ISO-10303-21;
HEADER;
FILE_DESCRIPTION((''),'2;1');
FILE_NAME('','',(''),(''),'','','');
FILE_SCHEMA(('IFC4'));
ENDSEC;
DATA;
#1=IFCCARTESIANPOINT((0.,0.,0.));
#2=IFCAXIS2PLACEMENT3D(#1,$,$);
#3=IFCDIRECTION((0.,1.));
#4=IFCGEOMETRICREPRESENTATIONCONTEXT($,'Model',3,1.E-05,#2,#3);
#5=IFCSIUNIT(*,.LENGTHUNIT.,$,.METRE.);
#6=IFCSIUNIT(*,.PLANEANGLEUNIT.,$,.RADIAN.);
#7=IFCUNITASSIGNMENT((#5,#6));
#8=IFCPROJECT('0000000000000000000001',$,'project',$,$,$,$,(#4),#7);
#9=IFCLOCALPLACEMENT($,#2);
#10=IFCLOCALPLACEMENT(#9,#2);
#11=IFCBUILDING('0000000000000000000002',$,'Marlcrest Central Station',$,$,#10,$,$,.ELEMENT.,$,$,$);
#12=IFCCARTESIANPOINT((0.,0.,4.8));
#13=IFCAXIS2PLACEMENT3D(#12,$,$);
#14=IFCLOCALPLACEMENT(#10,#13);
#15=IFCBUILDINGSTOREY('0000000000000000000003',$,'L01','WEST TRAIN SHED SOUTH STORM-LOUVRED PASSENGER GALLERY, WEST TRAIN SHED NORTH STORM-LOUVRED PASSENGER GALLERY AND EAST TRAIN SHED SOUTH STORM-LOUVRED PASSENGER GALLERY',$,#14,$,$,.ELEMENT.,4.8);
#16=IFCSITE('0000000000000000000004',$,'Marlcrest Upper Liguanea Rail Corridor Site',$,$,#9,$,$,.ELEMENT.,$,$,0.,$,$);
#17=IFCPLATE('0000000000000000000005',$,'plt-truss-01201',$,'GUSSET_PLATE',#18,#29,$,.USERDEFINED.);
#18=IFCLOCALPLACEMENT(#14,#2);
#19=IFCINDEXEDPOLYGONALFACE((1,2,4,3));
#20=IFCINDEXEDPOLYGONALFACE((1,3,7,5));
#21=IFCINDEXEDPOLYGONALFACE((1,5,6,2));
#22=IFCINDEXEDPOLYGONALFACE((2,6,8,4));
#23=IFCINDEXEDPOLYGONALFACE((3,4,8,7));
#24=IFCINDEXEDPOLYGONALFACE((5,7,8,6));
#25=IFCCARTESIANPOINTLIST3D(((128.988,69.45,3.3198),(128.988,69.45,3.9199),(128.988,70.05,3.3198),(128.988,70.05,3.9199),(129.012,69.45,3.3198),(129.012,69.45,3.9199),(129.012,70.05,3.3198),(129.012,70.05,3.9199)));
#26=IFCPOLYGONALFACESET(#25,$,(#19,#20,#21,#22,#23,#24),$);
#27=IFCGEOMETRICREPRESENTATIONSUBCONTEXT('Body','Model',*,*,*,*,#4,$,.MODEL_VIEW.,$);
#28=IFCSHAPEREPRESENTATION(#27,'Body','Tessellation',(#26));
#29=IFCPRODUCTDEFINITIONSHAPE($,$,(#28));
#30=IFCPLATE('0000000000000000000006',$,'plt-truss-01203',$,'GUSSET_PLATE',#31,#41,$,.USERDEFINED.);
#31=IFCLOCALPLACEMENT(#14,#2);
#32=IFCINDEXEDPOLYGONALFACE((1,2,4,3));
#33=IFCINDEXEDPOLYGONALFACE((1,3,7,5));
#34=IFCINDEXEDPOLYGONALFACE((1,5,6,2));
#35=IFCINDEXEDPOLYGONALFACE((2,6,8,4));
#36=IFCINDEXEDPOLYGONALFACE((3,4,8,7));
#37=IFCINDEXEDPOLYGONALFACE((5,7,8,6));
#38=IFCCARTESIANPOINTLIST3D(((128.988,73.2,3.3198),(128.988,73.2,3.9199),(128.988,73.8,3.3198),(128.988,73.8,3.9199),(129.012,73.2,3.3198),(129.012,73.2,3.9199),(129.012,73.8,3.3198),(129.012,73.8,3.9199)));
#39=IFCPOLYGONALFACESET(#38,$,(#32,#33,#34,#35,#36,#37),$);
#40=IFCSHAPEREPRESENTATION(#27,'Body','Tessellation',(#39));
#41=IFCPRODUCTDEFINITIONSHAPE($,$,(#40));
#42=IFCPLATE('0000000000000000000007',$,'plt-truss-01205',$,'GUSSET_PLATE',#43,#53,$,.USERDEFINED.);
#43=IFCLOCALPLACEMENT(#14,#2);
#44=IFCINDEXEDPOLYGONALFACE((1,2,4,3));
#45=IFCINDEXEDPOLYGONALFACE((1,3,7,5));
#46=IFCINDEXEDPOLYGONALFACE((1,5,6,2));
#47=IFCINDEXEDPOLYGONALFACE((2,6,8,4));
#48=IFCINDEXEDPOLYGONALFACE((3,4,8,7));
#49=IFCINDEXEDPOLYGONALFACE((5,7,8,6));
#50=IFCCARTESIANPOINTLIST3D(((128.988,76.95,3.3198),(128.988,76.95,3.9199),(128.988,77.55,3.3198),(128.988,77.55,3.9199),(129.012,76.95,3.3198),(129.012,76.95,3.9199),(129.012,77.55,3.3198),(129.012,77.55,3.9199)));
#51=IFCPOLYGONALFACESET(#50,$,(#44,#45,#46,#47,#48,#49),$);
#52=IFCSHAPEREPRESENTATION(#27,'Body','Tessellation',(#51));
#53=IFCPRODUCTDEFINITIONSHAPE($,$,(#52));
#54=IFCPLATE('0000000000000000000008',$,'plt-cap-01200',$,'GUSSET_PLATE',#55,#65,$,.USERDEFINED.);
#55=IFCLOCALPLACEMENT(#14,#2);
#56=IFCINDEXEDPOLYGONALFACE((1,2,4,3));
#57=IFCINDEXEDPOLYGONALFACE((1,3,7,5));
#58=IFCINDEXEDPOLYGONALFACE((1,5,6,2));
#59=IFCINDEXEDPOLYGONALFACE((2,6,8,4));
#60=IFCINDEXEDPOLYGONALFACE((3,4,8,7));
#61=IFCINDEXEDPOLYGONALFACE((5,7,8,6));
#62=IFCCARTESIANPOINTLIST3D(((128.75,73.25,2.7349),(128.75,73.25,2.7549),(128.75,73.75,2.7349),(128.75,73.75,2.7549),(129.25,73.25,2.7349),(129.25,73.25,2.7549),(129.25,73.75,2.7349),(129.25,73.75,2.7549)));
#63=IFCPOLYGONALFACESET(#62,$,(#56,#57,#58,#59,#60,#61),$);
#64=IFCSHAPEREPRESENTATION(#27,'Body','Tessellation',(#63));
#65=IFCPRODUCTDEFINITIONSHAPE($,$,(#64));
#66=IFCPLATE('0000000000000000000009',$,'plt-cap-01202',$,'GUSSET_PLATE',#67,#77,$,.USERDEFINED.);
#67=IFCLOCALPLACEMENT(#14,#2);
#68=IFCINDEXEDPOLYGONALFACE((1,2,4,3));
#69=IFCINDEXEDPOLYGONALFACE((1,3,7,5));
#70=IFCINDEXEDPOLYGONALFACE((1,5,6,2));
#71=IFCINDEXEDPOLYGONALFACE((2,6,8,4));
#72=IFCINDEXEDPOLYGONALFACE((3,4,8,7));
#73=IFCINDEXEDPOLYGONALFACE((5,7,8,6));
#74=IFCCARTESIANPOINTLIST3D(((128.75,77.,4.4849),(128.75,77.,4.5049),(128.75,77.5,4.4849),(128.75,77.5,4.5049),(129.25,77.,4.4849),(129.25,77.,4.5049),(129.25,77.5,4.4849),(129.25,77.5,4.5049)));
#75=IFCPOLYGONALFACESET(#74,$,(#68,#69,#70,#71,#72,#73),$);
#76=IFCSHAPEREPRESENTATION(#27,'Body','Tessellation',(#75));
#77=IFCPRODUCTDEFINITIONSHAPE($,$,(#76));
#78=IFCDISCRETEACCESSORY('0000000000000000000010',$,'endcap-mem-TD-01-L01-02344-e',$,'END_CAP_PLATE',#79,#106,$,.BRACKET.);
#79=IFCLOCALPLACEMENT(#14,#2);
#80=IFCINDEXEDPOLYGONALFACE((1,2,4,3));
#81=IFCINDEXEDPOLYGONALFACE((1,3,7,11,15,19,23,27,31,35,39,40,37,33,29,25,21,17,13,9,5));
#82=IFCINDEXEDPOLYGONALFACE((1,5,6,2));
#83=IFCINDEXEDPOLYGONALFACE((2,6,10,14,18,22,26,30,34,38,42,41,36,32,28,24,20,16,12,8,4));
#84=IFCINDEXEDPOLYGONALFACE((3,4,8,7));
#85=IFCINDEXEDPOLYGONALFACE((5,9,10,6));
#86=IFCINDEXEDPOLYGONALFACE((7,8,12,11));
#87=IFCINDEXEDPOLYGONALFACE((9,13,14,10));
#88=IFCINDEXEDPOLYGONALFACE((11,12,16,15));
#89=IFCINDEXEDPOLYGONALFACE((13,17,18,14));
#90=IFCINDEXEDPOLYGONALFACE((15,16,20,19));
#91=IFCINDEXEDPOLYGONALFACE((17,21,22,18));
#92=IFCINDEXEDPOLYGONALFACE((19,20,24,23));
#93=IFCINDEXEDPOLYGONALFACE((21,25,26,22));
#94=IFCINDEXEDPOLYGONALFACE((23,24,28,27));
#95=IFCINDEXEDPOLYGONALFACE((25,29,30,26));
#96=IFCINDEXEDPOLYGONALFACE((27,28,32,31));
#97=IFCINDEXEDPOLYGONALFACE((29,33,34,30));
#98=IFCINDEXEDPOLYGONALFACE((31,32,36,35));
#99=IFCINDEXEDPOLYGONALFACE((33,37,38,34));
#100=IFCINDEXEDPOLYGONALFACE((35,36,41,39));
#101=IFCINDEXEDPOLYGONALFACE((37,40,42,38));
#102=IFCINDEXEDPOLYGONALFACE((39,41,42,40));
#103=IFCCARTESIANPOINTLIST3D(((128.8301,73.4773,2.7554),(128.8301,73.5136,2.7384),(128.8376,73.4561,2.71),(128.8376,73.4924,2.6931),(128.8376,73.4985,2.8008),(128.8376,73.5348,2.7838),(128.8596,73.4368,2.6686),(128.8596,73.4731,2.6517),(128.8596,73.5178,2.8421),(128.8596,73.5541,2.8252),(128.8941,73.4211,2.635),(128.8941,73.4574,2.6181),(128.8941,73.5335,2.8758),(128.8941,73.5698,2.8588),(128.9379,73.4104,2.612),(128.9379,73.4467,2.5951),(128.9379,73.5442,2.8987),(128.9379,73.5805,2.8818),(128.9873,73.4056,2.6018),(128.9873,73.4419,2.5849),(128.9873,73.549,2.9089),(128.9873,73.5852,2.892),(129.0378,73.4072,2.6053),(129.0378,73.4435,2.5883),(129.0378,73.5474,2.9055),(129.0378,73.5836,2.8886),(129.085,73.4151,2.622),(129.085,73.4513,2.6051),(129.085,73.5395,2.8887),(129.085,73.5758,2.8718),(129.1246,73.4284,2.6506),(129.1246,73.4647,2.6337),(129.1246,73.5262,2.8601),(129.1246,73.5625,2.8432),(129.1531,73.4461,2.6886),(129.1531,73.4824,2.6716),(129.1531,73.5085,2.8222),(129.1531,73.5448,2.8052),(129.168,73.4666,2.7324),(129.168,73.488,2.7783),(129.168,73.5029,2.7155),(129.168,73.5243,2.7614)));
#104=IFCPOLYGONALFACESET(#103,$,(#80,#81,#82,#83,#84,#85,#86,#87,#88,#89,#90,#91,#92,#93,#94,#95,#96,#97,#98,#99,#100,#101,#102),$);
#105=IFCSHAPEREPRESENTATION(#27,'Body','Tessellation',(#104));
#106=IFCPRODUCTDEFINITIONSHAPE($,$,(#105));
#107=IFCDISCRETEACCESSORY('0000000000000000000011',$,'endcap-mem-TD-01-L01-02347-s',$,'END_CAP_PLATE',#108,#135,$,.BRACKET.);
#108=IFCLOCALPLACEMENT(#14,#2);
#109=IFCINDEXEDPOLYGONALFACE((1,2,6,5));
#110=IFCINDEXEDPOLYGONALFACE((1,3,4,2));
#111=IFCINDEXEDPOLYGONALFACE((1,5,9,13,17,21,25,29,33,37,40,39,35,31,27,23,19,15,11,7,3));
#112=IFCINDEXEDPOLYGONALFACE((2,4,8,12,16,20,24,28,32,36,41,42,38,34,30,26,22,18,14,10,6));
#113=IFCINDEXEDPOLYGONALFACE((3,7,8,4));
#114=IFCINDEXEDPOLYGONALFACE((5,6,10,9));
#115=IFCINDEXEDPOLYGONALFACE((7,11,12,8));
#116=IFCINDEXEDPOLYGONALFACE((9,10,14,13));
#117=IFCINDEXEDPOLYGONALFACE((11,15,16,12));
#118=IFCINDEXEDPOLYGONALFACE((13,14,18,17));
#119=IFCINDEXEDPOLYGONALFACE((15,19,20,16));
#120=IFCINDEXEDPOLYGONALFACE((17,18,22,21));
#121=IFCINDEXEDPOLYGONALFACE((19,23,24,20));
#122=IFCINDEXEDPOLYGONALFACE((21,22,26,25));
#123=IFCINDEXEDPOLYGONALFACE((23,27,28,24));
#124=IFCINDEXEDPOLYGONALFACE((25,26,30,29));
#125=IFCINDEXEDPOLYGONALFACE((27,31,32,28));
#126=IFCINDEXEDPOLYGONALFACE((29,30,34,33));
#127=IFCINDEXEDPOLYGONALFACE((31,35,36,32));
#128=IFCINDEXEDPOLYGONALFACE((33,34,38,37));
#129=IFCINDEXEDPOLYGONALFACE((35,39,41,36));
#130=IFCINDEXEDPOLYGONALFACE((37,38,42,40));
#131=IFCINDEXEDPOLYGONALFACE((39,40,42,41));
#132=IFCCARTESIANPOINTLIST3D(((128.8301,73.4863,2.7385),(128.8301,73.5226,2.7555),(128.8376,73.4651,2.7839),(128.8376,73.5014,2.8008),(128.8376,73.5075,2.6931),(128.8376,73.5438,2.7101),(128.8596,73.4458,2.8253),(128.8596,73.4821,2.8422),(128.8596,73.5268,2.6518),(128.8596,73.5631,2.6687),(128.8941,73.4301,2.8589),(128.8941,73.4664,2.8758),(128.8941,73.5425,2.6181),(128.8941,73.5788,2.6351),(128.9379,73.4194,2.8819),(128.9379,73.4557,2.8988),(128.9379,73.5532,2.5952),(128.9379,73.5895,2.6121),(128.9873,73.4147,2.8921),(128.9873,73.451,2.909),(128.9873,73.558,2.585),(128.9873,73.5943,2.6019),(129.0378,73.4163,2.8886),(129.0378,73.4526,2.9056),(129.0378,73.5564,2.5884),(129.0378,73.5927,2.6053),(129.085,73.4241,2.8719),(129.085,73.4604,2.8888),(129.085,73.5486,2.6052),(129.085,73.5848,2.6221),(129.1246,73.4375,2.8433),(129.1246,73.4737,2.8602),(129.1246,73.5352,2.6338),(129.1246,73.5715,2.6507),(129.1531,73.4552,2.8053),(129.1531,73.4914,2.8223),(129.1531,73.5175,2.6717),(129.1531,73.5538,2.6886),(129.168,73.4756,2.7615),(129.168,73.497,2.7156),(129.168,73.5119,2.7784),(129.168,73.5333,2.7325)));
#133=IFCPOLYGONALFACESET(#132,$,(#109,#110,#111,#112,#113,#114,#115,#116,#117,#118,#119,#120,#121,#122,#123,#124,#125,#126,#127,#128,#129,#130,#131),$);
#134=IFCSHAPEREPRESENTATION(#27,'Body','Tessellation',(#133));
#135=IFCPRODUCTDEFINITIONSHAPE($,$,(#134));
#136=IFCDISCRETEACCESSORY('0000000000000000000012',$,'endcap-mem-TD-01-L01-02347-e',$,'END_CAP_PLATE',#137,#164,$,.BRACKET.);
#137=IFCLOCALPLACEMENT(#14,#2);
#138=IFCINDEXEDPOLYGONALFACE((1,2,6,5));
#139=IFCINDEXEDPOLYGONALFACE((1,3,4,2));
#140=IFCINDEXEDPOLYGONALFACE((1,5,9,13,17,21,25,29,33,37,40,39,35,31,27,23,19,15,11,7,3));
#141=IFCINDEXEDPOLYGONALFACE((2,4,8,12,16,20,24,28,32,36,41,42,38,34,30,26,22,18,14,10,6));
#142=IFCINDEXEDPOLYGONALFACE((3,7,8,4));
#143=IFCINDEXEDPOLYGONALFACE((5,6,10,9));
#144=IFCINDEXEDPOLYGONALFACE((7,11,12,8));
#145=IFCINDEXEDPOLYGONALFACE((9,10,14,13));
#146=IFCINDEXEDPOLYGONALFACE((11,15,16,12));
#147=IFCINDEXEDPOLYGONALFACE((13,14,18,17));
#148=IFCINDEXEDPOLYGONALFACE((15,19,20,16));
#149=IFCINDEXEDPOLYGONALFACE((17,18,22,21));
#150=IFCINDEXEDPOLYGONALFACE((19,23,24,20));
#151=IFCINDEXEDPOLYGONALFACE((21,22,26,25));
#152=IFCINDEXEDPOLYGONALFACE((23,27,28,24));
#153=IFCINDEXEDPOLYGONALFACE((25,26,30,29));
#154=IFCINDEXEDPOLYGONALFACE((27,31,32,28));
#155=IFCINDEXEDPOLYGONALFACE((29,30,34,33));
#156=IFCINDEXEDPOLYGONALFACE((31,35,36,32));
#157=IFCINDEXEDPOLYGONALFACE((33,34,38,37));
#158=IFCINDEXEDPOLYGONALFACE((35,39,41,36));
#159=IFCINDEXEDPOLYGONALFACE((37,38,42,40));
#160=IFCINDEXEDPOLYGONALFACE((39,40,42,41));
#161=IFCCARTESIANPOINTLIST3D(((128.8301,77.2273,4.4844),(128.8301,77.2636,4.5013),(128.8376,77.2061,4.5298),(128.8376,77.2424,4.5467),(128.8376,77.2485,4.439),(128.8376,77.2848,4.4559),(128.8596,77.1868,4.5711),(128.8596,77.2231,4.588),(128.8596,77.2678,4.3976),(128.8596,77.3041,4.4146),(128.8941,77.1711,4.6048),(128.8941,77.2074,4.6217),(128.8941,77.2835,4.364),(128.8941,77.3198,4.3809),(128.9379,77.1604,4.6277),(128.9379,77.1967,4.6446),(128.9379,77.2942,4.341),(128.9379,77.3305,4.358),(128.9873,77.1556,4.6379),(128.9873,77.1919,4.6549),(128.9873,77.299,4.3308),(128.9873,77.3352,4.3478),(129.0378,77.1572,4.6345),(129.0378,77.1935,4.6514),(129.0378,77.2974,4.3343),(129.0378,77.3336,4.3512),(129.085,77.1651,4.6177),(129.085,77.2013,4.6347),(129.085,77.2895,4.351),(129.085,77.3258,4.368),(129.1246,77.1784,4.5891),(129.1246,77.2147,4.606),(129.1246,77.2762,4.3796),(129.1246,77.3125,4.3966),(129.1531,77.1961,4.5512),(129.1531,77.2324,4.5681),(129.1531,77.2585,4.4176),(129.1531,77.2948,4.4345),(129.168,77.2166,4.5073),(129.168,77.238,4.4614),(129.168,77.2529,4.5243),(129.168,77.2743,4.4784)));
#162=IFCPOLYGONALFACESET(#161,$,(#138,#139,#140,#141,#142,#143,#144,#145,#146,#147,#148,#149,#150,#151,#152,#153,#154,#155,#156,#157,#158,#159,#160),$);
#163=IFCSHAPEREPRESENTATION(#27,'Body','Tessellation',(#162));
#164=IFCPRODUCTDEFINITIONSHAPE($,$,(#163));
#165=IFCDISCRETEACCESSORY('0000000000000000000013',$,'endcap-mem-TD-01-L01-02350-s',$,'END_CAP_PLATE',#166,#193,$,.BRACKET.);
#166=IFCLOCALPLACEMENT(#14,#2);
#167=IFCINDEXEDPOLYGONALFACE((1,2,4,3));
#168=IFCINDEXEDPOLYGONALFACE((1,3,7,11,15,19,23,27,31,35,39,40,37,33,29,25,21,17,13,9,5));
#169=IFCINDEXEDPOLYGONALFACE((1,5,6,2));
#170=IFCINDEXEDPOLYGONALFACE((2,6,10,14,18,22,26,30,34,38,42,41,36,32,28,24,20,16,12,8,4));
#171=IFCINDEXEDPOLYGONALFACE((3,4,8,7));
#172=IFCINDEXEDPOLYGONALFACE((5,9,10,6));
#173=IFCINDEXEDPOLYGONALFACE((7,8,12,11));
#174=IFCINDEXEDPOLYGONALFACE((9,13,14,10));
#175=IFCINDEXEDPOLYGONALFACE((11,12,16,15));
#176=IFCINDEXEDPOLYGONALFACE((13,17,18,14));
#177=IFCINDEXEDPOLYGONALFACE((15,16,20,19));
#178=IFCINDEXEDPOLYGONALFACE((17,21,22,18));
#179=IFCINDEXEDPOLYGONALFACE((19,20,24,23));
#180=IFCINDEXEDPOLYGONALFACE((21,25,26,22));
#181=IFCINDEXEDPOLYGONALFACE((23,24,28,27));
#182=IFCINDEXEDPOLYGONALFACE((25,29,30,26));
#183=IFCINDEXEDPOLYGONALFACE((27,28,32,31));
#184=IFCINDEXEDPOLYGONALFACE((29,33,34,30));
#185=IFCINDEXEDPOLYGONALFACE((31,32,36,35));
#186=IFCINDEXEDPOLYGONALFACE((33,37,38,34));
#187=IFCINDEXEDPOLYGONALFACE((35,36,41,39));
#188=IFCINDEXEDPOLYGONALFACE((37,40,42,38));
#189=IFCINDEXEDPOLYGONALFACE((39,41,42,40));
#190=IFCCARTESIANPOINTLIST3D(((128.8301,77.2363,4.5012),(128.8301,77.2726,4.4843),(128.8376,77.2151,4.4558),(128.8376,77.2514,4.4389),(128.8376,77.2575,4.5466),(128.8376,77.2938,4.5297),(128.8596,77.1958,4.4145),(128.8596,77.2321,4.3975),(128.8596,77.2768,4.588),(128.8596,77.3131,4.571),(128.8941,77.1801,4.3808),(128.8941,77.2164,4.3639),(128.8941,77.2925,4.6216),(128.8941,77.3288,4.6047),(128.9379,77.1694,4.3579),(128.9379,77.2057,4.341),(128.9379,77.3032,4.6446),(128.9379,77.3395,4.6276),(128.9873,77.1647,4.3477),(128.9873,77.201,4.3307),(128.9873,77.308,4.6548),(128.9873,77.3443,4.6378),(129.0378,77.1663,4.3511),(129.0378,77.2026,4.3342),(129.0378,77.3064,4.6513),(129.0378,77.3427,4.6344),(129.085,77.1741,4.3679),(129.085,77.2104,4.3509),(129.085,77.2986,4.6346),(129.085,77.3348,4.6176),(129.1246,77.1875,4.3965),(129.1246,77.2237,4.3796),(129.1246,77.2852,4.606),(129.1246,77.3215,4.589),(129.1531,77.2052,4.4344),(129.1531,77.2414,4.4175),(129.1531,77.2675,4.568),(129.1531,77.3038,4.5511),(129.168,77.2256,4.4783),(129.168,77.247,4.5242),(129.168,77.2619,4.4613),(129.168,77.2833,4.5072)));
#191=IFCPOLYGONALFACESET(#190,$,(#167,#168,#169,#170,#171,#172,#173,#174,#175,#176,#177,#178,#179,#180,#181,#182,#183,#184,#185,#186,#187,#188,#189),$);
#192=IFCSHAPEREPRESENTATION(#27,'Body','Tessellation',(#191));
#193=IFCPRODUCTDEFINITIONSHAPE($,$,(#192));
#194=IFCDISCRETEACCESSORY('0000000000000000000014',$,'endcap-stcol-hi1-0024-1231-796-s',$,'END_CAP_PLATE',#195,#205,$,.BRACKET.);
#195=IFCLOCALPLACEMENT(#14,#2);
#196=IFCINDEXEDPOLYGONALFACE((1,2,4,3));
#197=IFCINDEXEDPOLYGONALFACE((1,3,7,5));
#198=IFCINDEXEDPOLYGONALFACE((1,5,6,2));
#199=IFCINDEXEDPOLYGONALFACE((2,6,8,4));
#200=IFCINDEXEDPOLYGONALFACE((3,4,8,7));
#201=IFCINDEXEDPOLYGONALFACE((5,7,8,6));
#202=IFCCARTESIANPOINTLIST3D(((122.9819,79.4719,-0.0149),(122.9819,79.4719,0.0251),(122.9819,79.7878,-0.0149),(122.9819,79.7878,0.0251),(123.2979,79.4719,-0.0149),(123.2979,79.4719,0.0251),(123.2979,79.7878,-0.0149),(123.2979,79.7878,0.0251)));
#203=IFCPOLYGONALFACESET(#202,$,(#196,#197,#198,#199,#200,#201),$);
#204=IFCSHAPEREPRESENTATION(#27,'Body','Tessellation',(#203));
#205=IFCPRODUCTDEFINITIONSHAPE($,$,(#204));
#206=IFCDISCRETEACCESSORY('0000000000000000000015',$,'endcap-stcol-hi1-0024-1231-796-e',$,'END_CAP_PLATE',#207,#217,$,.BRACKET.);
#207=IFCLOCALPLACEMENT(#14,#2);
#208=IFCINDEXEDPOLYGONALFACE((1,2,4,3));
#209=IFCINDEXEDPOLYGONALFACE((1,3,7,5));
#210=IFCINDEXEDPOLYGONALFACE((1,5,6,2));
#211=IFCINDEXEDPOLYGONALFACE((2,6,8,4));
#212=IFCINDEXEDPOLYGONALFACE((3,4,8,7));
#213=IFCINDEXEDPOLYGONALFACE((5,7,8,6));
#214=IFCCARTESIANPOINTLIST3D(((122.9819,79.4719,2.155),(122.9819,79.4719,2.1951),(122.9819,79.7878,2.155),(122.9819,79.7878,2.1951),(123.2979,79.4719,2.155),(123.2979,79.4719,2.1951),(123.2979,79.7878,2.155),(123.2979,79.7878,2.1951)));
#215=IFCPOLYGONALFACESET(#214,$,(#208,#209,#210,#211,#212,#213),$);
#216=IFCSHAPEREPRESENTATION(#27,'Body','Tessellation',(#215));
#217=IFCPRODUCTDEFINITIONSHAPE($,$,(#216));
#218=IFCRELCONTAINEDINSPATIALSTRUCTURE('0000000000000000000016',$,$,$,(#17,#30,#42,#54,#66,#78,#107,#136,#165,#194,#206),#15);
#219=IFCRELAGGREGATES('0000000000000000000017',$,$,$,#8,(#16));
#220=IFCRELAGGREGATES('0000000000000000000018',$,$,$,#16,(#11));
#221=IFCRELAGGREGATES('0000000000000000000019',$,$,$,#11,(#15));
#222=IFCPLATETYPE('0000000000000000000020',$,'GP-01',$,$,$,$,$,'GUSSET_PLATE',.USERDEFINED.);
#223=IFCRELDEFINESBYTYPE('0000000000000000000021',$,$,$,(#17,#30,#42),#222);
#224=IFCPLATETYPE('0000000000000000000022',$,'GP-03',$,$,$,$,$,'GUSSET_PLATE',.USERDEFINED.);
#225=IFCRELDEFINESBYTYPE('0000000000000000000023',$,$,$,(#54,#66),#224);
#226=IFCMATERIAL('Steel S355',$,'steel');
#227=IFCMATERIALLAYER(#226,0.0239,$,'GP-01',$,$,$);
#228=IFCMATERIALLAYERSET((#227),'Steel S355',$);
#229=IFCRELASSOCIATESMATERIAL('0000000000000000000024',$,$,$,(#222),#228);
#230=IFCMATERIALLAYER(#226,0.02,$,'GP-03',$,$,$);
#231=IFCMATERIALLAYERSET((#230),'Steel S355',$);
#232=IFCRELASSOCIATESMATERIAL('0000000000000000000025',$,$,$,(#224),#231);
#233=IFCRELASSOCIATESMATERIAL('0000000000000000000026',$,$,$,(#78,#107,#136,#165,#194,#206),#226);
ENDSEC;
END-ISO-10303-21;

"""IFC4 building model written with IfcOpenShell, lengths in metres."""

from ifc_helpers import new_model, si_unit, direction, frame, origin, origin_2d, place, context, subcontext, project, spatial, rectangle, circle, extrude, material, layer, layer_set, type_object, element, save


model = new_model("IFC4")

# Units and contexts
model_context = context("Model", 3, precision=1e-05, world=origin(), true_north=direction((0.0, 1.0)))
body_context = subcontext(model_context, "Body", "Model", "MODEL_VIEW")
ifc_project = project(units=[si_unit("LENGTHUNIT", "METRE"), si_unit("PLANEANGLEUNIT", "RADIAN")], contexts=[model_context])

# Site, building, storey
site_placement = place(None, origin())
site = spatial("IfcSite", under=ifc_project, at=site_placement, Name="Marlcrest Upper Liguanea Rail Corridor Site", CompositionType="ELEMENT", RefElevation=0.0)
building_placement = place(site_placement, origin())
building = spatial("IfcBuilding", under=site, at=building_placement, Name="Marlcrest Central Station", CompositionType="ELEMENT")
storey_placement = place(building_placement, frame((0.0, 0.0, 4.8)))
storey = spatial("IfcBuildingStorey", under=building, at=storey_placement, Name="L01", Description="WEST TRAIN SHED SOUTH STORM-LOUVRED PASSENGER GALLERY, WEST TRAIN SHED NORTH STORM-LOUVRED PASSENGER GALLERY AND EAST TRAIN SHED SOUTH STORM-LOUVRED PASSENGER GALLERY", CompositionType="ELEMENT", Elevation=4.8)

# Shared definitions
ifc_material = material(Name="Steel S355", Category="steel")

# Plates
ifc_layer_1 = layer(ifc_material, 0.0239, Name="GP-01")
ifc_layer_set_1 = layer_set([ifc_layer_1], Name="Steel S355")
plate_type_1 = type_object("IfcPlateType", Name="GP-01", ElementType="GUSSET_PLATE", PredefinedType="USERDEFINED", material=ifc_layer_set_1)
for number, where, z_axis, x_axis, name in (
    (1, (129.0, 69.75, 3.3198), (0.0, 0.0, 1.0), (1.0, 0.0, 0.0), "plt-truss-01201"),
    (2, (129.0, 73.5, 3.3198), (0.0, 0.0, 1.0), (1.0, 0.0, 0.0), "plt-truss-01203"),
    (3, (129.0, 77.25, 3.3198), (0.0, 0.0, 1.0), (1.0, 0.0, 0.0), "plt-truss-01205"),
):
    element("IfcPlate", number, at=place(storey_placement, frame(where, z_axis=z_axis, x_axis=x_axis)), inside=storey, type_object=plate_type_1, Name=name, ObjectType="GUSSET_PLATE", PredefinedType="USERDEFINED", context=body_context, shape_type="SweptSolid", body=[
        extrude(rectangle(XDim=0.0239, YDim=0.6001, at=origin_2d()), origin(), (0.0, 0.0, 1.0), 0.6001),
    ])
ifc_layer_2 = layer(ifc_material, 0.02, Name="GP-03")
ifc_layer_set_2 = layer_set([ifc_layer_2], Name="Steel S355")
plate_type_2 = type_object("IfcPlateType", Name="GP-03", ElementType="GUSSET_PLATE", PredefinedType="USERDEFINED", material=ifc_layer_set_2)
for number, where, z_axis, x_axis, name in (
    (4, (129.0, 73.5, 2.7349), (0.0, 0.0, 1.0), (1.0, 0.0, 0.0), "plt-cap-01200"),
    (5, (129.0, 77.25, 4.4849), (0.0, 0.0, 1.0), (1.0, 0.0, 0.0), "plt-cap-01202"),
):
    element("IfcPlate", number, at=place(storey_placement, frame(where, z_axis=z_axis, x_axis=x_axis)), inside=storey, type_object=plate_type_2, Name=name, ObjectType="GUSSET_PLATE", PredefinedType="USERDEFINED", context=body_context, shape_type="SweptSolid", body=[
        extrude(rectangle(XDim=0.5, YDim=0.5, at=origin_2d()), origin(), (0.0, 0.0, 1.0), 0.02),
    ])

# Discrete accessories
for number, where, z_axis, x_axis, name in (
    (6, (129.0, 73.4773, 2.7554), (0.0, 0.906183, -0.422885), (-1.0, 0.0, 0.0), "endcap-mem-TD-01-L01-02344-e"),
    (7, (129.0, 73.4863, 2.7385), (0.0, 0.906183, 0.422885), (-1.0, 0.0, 0.0), "endcap-mem-TD-01-L01-02347-s"),
    (8, (129.0, 77.2273, 4.4844), (0.0, 0.906183, 0.422885), (-1.0, 0.0, 0.0), "endcap-mem-TD-01-L01-02347-e"),
    (9, (129.0, 77.2363, 4.5012), (0.0, 0.906183, -0.422885), (-1.0, 0.0, 0.0), "endcap-mem-TD-01-L01-02350-s"),
):
    element("IfcDiscreteAccessory", number, at=place(storey_placement, frame(where, z_axis=z_axis, x_axis=x_axis)), inside=storey, material=ifc_material, Name=name, ObjectType="END_CAP_PLATE", PredefinedType="BRACKET", context=body_context, shape_type="SweptSolid", body=[
        extrude(circle(Radius=0.1699, at=origin_2d()), origin(), (0.0, 0.0, 1.0), 0.04),
    ])
for number, where, z_axis, x_axis, name in (
    (10, (123.1399, 79.6299, -0.0149), (0.0, 0.0, 1.0), (1.0, 0.0, 0.0), "endcap-stcol-hi1-0024-1231-796-s"),
    (11, (123.1399, 79.6299, 2.155), (0.0, 0.0, 1.0), (1.0, 0.0, 0.0), "endcap-stcol-hi1-0024-1231-796-e"),
):
    element("IfcDiscreteAccessory", number, at=place(storey_placement, frame(where, z_axis=z_axis, x_axis=x_axis)), inside=storey, material=ifc_material, Name=name, ObjectType="END_CAP_PLATE", PredefinedType="BRACKET", context=body_context, shape_type="SweptSolid", body=[
        extrude(rectangle(XDim=0.3159, YDim=0.3159, at=origin_2d()), origin(), (0.0, 0.0, 1.0), 0.04),
    ])

save(model, "model.ifc")
